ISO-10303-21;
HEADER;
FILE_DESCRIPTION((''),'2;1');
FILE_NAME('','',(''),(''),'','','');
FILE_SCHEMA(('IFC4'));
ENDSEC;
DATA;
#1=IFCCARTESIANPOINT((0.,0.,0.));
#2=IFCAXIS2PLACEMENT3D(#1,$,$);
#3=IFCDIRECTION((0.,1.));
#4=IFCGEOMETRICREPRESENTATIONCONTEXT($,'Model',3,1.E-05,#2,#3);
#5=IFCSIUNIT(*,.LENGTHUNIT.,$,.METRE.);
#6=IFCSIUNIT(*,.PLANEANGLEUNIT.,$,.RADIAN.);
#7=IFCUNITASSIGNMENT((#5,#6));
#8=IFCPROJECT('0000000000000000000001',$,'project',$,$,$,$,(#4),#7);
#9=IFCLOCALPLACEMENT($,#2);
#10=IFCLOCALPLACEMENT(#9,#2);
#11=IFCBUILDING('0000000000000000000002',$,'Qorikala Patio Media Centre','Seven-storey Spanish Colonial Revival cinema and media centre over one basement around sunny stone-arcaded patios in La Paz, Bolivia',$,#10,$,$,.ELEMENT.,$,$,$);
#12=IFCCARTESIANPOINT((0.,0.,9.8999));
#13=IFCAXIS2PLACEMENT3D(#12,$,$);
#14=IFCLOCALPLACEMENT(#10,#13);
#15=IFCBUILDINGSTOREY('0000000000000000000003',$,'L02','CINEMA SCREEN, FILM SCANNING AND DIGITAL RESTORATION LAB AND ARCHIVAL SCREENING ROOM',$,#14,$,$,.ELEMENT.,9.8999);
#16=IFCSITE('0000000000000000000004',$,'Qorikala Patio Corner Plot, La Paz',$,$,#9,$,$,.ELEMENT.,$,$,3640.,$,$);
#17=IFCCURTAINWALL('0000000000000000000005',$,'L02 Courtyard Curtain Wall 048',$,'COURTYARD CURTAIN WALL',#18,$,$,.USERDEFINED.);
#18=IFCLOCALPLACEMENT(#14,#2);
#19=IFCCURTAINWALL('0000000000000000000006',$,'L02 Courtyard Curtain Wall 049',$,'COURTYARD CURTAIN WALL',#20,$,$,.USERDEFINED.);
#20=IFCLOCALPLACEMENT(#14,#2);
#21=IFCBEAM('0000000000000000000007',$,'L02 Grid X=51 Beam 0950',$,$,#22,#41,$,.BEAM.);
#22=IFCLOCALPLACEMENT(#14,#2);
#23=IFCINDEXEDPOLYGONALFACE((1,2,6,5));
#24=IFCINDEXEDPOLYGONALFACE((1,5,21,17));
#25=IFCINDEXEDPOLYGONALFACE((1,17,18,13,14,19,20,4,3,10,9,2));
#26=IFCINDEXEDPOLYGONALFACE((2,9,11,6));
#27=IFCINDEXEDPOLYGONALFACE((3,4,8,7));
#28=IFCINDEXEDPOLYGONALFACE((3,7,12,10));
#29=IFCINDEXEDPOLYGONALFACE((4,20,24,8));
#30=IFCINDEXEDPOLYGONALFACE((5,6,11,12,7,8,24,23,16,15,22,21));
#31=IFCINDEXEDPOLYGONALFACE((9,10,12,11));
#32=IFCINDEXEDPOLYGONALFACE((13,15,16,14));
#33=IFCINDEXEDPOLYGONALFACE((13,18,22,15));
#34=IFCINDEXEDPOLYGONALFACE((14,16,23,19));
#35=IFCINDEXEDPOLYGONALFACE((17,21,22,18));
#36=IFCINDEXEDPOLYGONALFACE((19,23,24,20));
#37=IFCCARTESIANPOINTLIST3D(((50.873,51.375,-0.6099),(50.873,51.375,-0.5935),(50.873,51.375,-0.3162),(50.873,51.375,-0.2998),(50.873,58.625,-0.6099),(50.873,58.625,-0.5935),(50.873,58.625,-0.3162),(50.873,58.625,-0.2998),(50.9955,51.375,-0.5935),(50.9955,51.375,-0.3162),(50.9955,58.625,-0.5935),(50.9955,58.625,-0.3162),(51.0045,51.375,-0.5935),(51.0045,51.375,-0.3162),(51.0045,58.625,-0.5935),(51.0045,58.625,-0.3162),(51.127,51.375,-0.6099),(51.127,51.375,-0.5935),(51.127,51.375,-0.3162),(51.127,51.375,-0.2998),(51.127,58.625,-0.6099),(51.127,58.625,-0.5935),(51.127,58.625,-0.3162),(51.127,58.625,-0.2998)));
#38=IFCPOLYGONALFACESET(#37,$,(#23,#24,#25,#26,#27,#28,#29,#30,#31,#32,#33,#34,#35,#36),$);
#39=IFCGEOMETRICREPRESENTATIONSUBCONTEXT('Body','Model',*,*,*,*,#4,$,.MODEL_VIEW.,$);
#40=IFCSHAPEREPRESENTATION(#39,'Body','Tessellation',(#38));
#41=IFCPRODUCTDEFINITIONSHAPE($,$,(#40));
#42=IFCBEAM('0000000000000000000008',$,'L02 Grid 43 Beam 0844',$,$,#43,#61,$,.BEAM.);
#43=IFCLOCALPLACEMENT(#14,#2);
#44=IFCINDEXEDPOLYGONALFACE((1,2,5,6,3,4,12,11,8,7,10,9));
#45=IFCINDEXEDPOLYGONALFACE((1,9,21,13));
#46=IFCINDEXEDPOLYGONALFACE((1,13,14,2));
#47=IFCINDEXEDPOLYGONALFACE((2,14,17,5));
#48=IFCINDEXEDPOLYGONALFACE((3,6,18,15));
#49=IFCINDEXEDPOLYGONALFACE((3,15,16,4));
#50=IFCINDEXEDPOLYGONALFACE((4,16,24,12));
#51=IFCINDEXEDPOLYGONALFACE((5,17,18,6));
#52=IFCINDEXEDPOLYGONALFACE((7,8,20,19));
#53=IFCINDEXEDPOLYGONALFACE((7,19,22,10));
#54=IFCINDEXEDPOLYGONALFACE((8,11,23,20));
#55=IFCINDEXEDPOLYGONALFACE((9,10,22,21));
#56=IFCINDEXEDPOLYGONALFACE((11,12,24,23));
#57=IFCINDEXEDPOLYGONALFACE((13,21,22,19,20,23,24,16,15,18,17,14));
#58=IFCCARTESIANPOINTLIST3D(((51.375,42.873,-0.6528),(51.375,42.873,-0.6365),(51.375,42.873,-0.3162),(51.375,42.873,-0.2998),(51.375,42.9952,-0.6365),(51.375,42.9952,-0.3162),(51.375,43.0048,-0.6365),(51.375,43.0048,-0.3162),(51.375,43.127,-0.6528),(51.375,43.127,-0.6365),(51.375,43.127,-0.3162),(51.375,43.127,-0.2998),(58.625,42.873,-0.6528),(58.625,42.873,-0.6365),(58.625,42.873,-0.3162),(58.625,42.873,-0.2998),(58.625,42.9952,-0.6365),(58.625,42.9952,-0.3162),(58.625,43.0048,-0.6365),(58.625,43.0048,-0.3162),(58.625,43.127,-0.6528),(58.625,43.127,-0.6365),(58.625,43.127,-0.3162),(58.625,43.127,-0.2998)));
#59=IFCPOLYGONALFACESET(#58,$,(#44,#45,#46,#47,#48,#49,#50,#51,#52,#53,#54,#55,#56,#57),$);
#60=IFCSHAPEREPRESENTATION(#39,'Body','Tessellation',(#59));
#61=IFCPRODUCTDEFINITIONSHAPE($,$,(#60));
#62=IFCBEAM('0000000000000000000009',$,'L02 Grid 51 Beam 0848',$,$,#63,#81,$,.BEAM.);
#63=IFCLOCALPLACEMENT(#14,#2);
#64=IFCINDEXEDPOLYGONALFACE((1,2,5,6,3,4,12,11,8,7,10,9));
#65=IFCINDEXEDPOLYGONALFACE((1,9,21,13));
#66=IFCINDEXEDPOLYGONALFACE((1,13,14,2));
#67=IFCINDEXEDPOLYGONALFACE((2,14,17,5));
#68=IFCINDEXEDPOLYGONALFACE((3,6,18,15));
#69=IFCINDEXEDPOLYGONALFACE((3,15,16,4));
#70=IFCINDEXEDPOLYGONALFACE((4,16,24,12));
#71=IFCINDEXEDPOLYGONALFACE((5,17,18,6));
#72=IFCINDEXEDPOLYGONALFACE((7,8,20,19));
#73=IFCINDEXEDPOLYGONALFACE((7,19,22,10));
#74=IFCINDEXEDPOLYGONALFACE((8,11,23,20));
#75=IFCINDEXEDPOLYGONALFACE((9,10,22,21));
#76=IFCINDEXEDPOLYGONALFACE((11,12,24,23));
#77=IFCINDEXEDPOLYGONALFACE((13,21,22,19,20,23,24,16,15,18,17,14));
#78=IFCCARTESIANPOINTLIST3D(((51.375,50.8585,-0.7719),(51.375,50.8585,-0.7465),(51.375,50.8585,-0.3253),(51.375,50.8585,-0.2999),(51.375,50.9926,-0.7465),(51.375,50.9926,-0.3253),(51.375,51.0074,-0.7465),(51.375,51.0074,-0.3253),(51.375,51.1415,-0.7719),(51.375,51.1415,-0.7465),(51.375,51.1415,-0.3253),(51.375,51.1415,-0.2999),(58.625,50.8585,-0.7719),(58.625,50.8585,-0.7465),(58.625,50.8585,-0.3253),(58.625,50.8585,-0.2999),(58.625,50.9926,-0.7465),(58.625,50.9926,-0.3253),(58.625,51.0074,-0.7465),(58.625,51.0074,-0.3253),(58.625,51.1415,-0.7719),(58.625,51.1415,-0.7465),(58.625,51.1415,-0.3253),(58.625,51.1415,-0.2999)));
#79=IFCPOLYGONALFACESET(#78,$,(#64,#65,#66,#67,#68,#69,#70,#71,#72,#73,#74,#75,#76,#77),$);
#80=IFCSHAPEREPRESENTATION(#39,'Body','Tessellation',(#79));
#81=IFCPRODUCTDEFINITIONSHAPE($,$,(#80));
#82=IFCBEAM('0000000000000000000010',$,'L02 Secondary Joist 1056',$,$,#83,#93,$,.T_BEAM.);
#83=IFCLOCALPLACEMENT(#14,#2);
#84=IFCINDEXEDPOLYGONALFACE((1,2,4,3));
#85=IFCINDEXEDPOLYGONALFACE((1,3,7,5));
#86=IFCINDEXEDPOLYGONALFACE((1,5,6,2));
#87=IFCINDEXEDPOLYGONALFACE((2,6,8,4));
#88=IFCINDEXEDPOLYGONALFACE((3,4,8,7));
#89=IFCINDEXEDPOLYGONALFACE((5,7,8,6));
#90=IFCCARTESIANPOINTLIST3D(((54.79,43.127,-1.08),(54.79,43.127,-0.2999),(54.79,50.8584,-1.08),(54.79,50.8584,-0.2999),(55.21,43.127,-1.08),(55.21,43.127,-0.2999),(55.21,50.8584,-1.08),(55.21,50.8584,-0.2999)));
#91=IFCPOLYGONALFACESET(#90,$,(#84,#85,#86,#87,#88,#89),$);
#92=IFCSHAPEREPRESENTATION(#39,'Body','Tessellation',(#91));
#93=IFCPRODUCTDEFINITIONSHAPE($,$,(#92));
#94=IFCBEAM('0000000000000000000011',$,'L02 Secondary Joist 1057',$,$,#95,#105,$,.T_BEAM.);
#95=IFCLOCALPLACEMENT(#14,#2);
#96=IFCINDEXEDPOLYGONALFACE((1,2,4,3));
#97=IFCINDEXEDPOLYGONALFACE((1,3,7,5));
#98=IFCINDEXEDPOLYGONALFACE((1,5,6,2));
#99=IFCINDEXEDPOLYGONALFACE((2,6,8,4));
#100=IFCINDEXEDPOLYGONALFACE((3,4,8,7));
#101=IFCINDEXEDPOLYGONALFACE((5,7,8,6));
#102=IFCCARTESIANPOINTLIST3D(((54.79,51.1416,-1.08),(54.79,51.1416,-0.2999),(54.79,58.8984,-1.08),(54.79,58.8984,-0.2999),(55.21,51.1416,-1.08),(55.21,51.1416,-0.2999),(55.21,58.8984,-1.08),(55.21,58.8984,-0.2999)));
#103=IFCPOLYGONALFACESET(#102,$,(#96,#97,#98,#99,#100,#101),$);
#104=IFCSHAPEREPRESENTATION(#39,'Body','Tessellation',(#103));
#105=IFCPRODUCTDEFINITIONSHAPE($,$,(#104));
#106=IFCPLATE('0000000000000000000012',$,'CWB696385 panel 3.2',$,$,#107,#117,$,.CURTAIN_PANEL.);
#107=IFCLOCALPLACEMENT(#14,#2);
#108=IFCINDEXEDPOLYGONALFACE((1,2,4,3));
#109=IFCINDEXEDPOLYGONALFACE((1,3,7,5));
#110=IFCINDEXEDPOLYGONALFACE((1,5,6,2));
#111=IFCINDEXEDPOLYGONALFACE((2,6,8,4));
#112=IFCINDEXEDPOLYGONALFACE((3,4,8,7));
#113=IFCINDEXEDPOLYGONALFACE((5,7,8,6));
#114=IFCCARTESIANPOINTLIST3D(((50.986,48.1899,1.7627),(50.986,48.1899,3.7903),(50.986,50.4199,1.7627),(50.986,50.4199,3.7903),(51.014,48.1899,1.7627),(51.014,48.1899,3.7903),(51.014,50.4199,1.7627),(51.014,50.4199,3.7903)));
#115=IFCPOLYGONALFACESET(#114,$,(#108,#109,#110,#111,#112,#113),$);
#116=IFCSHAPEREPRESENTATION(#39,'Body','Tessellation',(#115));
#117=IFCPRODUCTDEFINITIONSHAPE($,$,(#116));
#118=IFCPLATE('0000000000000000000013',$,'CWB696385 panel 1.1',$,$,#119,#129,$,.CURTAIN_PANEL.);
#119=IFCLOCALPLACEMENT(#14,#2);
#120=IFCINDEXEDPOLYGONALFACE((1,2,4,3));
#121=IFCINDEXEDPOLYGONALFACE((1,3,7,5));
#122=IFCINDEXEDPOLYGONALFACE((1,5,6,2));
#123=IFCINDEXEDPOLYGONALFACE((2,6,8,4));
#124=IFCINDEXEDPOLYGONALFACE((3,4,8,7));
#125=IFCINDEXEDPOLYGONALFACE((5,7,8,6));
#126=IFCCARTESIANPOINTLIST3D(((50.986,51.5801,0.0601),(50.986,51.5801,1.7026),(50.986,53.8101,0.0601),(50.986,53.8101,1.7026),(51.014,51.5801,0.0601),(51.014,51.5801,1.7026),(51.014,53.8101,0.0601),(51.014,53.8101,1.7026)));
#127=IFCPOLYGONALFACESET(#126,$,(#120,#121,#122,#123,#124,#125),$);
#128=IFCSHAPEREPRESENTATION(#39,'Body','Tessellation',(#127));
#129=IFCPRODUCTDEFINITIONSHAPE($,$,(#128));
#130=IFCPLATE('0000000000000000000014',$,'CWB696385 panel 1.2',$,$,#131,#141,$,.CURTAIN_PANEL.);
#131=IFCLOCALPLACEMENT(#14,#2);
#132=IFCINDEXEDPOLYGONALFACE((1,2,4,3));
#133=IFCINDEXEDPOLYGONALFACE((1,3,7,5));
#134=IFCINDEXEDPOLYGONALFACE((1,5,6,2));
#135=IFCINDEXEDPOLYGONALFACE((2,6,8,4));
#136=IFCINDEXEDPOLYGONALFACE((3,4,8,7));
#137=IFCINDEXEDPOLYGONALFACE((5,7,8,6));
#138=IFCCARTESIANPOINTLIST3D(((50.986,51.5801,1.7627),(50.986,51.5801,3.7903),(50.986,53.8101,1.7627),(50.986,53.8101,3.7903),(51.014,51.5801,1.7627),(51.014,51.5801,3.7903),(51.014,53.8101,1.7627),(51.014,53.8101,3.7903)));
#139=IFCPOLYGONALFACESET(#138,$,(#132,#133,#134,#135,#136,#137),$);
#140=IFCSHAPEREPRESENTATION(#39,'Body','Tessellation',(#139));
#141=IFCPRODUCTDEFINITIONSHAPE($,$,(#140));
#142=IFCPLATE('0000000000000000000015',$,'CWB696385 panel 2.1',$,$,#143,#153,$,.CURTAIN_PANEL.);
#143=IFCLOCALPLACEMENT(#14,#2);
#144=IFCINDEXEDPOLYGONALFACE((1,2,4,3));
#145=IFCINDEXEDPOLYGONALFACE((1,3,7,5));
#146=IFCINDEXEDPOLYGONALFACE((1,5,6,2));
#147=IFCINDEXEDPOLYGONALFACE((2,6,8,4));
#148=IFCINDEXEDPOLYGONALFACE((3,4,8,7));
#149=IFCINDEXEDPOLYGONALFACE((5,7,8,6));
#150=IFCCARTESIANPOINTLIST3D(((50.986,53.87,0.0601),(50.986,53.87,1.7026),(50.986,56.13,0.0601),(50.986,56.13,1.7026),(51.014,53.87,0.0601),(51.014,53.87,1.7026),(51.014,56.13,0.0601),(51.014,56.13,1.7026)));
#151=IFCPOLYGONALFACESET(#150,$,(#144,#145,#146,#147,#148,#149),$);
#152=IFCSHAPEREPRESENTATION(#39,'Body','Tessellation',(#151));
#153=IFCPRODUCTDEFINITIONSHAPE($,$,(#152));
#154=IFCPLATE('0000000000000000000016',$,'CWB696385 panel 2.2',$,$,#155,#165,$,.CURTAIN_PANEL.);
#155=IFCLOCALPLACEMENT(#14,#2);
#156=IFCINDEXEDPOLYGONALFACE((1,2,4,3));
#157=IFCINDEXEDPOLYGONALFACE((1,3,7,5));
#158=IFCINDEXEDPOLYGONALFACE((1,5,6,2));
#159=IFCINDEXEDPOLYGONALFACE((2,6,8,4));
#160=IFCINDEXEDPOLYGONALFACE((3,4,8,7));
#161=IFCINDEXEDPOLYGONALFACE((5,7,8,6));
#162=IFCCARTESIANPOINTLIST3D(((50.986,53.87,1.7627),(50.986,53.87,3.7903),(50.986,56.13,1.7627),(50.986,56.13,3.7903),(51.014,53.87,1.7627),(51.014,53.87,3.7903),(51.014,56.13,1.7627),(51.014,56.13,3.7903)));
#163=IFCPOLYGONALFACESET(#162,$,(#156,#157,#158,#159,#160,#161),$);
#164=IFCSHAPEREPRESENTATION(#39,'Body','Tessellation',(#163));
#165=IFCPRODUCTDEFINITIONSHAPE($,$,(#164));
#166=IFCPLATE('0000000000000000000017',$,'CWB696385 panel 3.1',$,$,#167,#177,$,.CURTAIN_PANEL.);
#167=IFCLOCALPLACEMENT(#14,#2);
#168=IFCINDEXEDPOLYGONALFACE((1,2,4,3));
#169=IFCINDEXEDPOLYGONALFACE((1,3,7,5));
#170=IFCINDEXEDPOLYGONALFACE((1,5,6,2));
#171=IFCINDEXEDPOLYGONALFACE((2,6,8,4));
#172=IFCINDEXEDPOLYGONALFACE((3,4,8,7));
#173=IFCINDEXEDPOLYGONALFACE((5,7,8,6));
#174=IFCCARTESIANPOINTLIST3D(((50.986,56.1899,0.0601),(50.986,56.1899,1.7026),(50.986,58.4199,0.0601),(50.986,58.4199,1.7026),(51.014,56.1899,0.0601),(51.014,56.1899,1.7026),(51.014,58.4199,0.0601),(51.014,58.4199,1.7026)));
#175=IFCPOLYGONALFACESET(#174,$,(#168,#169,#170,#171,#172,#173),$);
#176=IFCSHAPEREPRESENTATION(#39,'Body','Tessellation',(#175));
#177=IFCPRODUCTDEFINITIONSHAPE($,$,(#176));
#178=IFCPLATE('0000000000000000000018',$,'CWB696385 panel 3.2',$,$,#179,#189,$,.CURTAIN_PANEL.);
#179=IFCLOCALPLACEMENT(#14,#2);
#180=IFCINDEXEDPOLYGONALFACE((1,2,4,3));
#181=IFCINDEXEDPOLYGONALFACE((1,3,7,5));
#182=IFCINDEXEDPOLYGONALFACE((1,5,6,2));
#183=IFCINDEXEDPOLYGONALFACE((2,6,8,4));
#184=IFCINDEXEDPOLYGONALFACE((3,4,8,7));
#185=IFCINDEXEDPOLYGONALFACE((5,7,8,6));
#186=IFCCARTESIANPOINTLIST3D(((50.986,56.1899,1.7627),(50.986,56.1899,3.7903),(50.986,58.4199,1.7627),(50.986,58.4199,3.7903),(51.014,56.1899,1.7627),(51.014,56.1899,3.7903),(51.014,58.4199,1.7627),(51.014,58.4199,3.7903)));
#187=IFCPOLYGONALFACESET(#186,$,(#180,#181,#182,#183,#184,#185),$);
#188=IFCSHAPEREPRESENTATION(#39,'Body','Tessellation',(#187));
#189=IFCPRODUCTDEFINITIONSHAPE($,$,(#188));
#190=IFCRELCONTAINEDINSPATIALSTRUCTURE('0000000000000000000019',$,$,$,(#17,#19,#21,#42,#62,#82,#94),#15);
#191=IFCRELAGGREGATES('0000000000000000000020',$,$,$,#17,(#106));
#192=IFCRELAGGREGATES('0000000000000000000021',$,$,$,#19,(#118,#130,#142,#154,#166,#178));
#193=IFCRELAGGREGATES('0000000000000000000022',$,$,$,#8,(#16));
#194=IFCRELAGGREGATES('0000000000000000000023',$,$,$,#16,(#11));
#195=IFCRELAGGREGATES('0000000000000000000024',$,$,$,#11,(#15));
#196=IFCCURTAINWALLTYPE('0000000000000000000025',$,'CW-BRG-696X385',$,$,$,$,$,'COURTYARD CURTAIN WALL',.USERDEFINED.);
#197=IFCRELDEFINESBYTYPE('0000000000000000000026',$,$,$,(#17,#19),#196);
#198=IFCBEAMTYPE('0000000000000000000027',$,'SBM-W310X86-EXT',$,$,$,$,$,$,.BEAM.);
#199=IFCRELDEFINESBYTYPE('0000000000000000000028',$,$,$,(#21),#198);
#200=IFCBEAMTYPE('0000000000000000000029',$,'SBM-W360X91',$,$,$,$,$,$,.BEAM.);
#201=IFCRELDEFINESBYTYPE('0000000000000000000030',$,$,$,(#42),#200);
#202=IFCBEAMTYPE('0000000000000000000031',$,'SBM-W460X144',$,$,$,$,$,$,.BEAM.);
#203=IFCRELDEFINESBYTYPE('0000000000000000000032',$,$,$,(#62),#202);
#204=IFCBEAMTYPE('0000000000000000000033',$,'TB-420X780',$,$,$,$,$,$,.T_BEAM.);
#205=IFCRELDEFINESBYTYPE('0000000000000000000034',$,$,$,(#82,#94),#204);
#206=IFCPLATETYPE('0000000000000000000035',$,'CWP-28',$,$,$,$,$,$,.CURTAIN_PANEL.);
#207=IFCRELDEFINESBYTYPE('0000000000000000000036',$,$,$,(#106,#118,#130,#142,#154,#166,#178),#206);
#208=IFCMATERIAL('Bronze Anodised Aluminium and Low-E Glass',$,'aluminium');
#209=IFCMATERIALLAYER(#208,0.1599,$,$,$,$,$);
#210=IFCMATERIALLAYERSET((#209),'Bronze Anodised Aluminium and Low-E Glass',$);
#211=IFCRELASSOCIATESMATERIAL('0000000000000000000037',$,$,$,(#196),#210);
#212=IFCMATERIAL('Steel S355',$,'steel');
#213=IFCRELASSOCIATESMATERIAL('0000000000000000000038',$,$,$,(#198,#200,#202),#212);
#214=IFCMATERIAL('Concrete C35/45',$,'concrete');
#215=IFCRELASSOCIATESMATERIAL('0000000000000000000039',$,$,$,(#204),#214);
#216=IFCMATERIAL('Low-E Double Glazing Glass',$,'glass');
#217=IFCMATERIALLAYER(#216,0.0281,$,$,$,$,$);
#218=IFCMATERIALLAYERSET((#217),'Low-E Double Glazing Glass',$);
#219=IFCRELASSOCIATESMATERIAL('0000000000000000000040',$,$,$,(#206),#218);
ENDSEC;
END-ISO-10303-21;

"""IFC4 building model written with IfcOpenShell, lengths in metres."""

from ifc_helpers import new_model, si_unit, direction, frame, origin, origin_2d, place, context, subcontext, project, spatial, rectangle, i_section, extrude, material, layer, layer_set, material_profile, profile_set, type_object, element, aggregate, save


model = new_model("IFC4")

# Units and contexts
model_context = context("Model", 3, precision=1e-05, world=origin(), true_north=direction((0.0, 1.0)))
body_context = subcontext(model_context, "Body", "Model", "MODEL_VIEW")
ifc_project = project(units=[si_unit("LENGTHUNIT", "METRE"), si_unit("PLANEANGLEUNIT", "RADIAN")], contexts=[model_context])

# Site, building, storey
site_placement = place(None, origin())
site = spatial("IfcSite", under=ifc_project, at=site_placement, Name="Qorikala Patio Corner Plot, La Paz", CompositionType="ELEMENT", RefElevation=3640.0)
building_placement = place(site_placement, origin())
building = spatial("IfcBuilding", under=site, at=building_placement, Name="Qorikala Patio Media Centre", Description="Seven-storey Spanish Colonial Revival cinema and media centre over one basement around sunny stone-arcaded patios in La Paz, Bolivia", CompositionType="ELEMENT")
storey_placement = place(building_placement, frame((0.0, 0.0, 9.8999)))
storey = spatial("IfcBuildingStorey", under=building, at=storey_placement, Name="L02", Description="CINEMA SCREEN, FILM SCANNING AND DIGITAL RESTORATION LAB AND ARCHIVAL SCREENING ROOM", CompositionType="ELEMENT", Elevation=9.8999)

# Shared definitions
ifc_material_1 = material(Name="Concrete C35/45", Category="concrete")

# Curtain wall
ifc_material_2 = material(Name="Bronze Anodised Aluminium and Low-E Glass", Category="aluminium")
ifc_layer_1 = layer(ifc_material_2, 0.1599)
ifc_layer_set_1 = layer_set([ifc_layer_1], Name="Bronze Anodised Aluminium and Low-E Glass")
curtain_wall_type = type_object("IfcCurtainWallType", Name="CW-BRG-696X385", ElementType="COURTYARD CURTAIN WALL", PredefinedType="USERDEFINED", material=ifc_layer_set_1)
curtain_wall_1_placement = place(storey_placement, origin())
curtain_wall_1 = element("IfcCurtainWall", 1, at=curtain_wall_1_placement, inside=storey, type_object=curtain_wall_type, Name="L02 Courtyard Curtain Wall 048", ObjectType="COURTYARD CURTAIN WALL", PredefinedType="USERDEFINED")

# Curtain wall
curtain_wall_2_placement = place(storey_placement, origin())
curtain_wall_2 = element("IfcCurtainWall", 2, at=curtain_wall_2_placement, inside=storey, type_object=curtain_wall_type, Name="L02 Courtyard Curtain Wall 049", ObjectType="COURTYARD CURTAIN WALL", PredefinedType="USERDEFINED")

# Beams
ifc_material_3 = material(Name="Steel S355", Category="steel")
ifc_material_profile_1 = material_profile(ifc_material_3, i_section(OverallWidth=0.2539, OverallDepth=0.3101, WebThickness=0.009, FlangeThickness=0.0164, at=origin_2d()), Name="W310X86")
ifc_profile_set_1 = profile_set([ifc_material_profile_1], Name="Steel S355")
beam_type_1 = type_object("IfcBeamType", Name="SBM-W310X86-EXT", PredefinedType="BEAM", material=ifc_profile_set_1)
beam_1_placement = place(storey_placement, frame((51.0, 51.375, -0.4548), z_axis=(0.0, 1.0, 0.0), x_axis=(-1.0, 0.0, 0.0)))
element("IfcBeam", 3, at=beam_1_placement, inside=storey, type_object=beam_type_1, Name="L02 Grid X=51 Beam 0950", PredefinedType="BEAM", context=body_context, shape_type="SweptSolid", body=[
    extrude(i_section(OverallWidth=0.2539, OverallDepth=0.3101, WebThickness=0.009, FlangeThickness=0.0164, at=origin_2d()), origin(), (0.0, 0.0, 1.0), 7.25),
])
ifc_material_profile_2 = material_profile(ifc_material_3, i_section(OverallWidth=0.2539, OverallDepth=0.353, WebThickness=0.0095, FlangeThickness=0.0164, at=origin_2d()), Name="W360X91")
ifc_profile_set_2 = profile_set([ifc_material_profile_2], Name="Steel S355")
beam_type_2 = type_object("IfcBeamType", Name="SBM-W360X91", PredefinedType="BEAM", material=ifc_profile_set_2)
beam_2_placement = place(storey_placement, frame((51.375, 43.0, -0.4763), z_axis=(1.0, 0.0, 0.0), x_axis=(0.0, 1.0, 0.0)))
element("IfcBeam", 4, at=beam_2_placement, inside=storey, type_object=beam_type_2, Name="L02 Grid 43 Beam 0844", PredefinedType="BEAM", context=body_context, shape_type="SweptSolid", body=[
    extrude(i_section(OverallWidth=0.2539, OverallDepth=0.353, WebThickness=0.0095, FlangeThickness=0.0164, at=origin_2d()), origin(), (0.0, 0.0, 1.0), 7.25),
])
ifc_material_profile_3 = material_profile(ifc_material_3, i_section(OverallWidth=0.283, OverallDepth=0.4719, WebThickness=0.0149, FlangeThickness=0.0254, at=origin_2d()), Name="W460X144")
ifc_profile_set_3 = profile_set([ifc_material_profile_3], Name="Steel S355")
beam_type_3 = type_object("IfcBeamType", Name="SBM-W460X144", PredefinedType="BEAM", material=ifc_profile_set_3)
beam_3_placement = place(storey_placement, frame((51.375, 51.0, -0.5359), z_axis=(1.0, 0.0, 0.0), x_axis=(0.0, 1.0, 0.0)))
element("IfcBeam", 5, at=beam_3_placement, inside=storey, type_object=beam_type_3, Name="L02 Grid 51 Beam 0848", PredefinedType="BEAM", context=body_context, shape_type="SweptSolid", body=[
    extrude(i_section(OverallWidth=0.283, OverallDepth=0.4719, WebThickness=0.0149, FlangeThickness=0.0254, at=origin_2d()), origin(), (0.0, 0.0, 1.0), 7.25),
])
ifc_material_profile_4 = material_profile(ifc_material_1, rectangle(XDim=0.4199, YDim=0.78, at=origin_2d()), Name="RC 420x780")
ifc_profile_set_4 = profile_set([ifc_material_profile_4], Name="Concrete C35/45")
beam_type_4 = type_object("IfcBeamType", Name="TB-420X780", PredefinedType="T_BEAM", material=ifc_profile_set_4)
beam_4_placement = place(storey_placement, frame((55.0, 43.127, -0.6899), z_axis=(0.0, 1.0, 0.0), x_axis=(-1.0, 0.0, 0.0)))
element("IfcBeam", 6, at=beam_4_placement, inside=storey, type_object=beam_type_4, Name="L02 Secondary Joist 1056", PredefinedType="T_BEAM", context=body_context, shape_type="SweptSolid", body=[
    extrude(rectangle(XDim=0.4199, YDim=0.78, at=origin_2d()), origin(), (0.0, 0.0, 1.0), 7.7314),
])
beam_5_placement = place(storey_placement, frame((55.0, 51.1416, -0.6899), z_axis=(0.0, 1.0, 0.0), x_axis=(-1.0, 0.0, 0.0)))
element("IfcBeam", 7, at=beam_5_placement, inside=storey, type_object=beam_type_4, Name="L02 Secondary Joist 1057", PredefinedType="T_BEAM", context=body_context, shape_type="SweptSolid", body=[
    extrude(rectangle(XDim=0.4199, YDim=0.78, at=origin_2d()), origin(), (0.0, 0.0, 1.0), 7.7568),
])

# Plates
ifc_material_4 = material(Name="Low-E Double Glazing Glass", Category="glass")
ifc_layer_2 = layer(ifc_material_4, 0.0281)
ifc_layer_set_2 = layer_set([ifc_layer_2], Name="Low-E Double Glazing Glass")
plate_type = type_object("IfcPlateType", Name="CWP-28", PredefinedType="CURTAIN_PANEL", material=ifc_layer_set_2)
plate_1_placement = place(storey_placement, frame((51.0, 49.3049, 1.7627), z_axis=(0.0, 0.0, 1.0), x_axis=(0.0, 1.0, 0.0)))
plate_1 = element("IfcPlate", 8, at=plate_1_placement, type_object=plate_type, Name="CWB696385 panel 3.2", PredefinedType="CURTAIN_PANEL", context=body_context, shape_type="SweptSolid", body=[
    extrude(rectangle(XDim=2.23, YDim=0.0281, at=origin_2d()), origin(), (0.0, 0.0, 1.0), 2.0276),
])
aggregate(curtain_wall_1, [plate_1])
plate_2_placement = place(storey_placement, frame((51.0, 52.6951, 0.0601), z_axis=(0.0, 0.0, 1.0), x_axis=(0.0, 1.0, 0.0)))
plate_2 = element("IfcPlate", 9, at=plate_2_placement, type_object=plate_type, Name="CWB696385 panel 1.1", PredefinedType="CURTAIN_PANEL", context=body_context, shape_type="SweptSolid", body=[
    extrude(rectangle(XDim=2.23, YDim=0.0281, at=origin_2d()), origin(), (0.0, 0.0, 1.0), 1.6426),
])
plate_3_placement = place(storey_placement, frame((51.0, 52.6951, 1.7627), z_axis=(0.0, 0.0, 1.0), x_axis=(0.0, 1.0, 0.0)))
plate_3 = element("IfcPlate", 10, at=plate_3_placement, type_object=plate_type, Name="CWB696385 panel 1.2", PredefinedType="CURTAIN_PANEL", context=body_context, shape_type="SweptSolid", body=[
    extrude(rectangle(XDim=2.23, YDim=0.0281, at=origin_2d()), origin(), (0.0, 0.0, 1.0), 2.0276),
])
plate_4_placement = place(storey_placement, frame((51.0, 55.0, 0.0601), z_axis=(0.0, 0.0, 1.0), x_axis=(0.0, 1.0, 0.0)))
plate_4 = element("IfcPlate", 11, at=plate_4_placement, type_object=plate_type, Name="CWB696385 panel 2.1", PredefinedType="CURTAIN_PANEL", context=body_context, shape_type="SweptSolid", body=[
    extrude(rectangle(XDim=2.26, YDim=0.0281, at=origin_2d()), origin(), (0.0, 0.0, 1.0), 1.6426),
])
plate_5_placement = place(storey_placement, frame((51.0, 55.0, 1.7627), z_axis=(0.0, 0.0, 1.0), x_axis=(0.0, 1.0, 0.0)))
plate_5 = element("IfcPlate", 12, at=plate_5_placement, type_object=plate_type, Name="CWB696385 panel 2.2", PredefinedType="CURTAIN_PANEL", context=body_context, shape_type="SweptSolid", body=[
    extrude(rectangle(XDim=2.26, YDim=0.0281, at=origin_2d()), origin(), (0.0, 0.0, 1.0), 2.0276),
])
plate_6_placement = place(storey_placement, frame((51.0, 57.3049, 0.0601), z_axis=(0.0, 0.0, 1.0), x_axis=(0.0, 1.0, 0.0)))
plate_6 = element("IfcPlate", 13, at=plate_6_placement, type_object=plate_type, Name="CWB696385 panel 3.1", PredefinedType="CURTAIN_PANEL", context=body_context, shape_type="SweptSolid", body=[
    extrude(rectangle(XDim=2.23, YDim=0.0281, at=origin_2d()), origin(), (0.0, 0.0, 1.0), 1.6426),
])
plate_7_placement = place(storey_placement, frame((51.0, 57.3049, 1.7627), z_axis=(0.0, 0.0, 1.0), x_axis=(0.0, 1.0, 0.0)))
plate_7 = element("IfcPlate", 14, at=plate_7_placement, type_object=plate_type, Name="CWB696385 panel 3.2", PredefinedType="CURTAIN_PANEL", context=body_context, shape_type="SweptSolid", body=[
    extrude(rectangle(XDim=2.23, YDim=0.0281, at=origin_2d()), origin(), (0.0, 0.0, 1.0), 2.0276),
])
aggregate(curtain_wall_2, [plate_2, plate_3, plate_4, plate_5, plate_6, plate_7])

save(model, "model.ifc")
